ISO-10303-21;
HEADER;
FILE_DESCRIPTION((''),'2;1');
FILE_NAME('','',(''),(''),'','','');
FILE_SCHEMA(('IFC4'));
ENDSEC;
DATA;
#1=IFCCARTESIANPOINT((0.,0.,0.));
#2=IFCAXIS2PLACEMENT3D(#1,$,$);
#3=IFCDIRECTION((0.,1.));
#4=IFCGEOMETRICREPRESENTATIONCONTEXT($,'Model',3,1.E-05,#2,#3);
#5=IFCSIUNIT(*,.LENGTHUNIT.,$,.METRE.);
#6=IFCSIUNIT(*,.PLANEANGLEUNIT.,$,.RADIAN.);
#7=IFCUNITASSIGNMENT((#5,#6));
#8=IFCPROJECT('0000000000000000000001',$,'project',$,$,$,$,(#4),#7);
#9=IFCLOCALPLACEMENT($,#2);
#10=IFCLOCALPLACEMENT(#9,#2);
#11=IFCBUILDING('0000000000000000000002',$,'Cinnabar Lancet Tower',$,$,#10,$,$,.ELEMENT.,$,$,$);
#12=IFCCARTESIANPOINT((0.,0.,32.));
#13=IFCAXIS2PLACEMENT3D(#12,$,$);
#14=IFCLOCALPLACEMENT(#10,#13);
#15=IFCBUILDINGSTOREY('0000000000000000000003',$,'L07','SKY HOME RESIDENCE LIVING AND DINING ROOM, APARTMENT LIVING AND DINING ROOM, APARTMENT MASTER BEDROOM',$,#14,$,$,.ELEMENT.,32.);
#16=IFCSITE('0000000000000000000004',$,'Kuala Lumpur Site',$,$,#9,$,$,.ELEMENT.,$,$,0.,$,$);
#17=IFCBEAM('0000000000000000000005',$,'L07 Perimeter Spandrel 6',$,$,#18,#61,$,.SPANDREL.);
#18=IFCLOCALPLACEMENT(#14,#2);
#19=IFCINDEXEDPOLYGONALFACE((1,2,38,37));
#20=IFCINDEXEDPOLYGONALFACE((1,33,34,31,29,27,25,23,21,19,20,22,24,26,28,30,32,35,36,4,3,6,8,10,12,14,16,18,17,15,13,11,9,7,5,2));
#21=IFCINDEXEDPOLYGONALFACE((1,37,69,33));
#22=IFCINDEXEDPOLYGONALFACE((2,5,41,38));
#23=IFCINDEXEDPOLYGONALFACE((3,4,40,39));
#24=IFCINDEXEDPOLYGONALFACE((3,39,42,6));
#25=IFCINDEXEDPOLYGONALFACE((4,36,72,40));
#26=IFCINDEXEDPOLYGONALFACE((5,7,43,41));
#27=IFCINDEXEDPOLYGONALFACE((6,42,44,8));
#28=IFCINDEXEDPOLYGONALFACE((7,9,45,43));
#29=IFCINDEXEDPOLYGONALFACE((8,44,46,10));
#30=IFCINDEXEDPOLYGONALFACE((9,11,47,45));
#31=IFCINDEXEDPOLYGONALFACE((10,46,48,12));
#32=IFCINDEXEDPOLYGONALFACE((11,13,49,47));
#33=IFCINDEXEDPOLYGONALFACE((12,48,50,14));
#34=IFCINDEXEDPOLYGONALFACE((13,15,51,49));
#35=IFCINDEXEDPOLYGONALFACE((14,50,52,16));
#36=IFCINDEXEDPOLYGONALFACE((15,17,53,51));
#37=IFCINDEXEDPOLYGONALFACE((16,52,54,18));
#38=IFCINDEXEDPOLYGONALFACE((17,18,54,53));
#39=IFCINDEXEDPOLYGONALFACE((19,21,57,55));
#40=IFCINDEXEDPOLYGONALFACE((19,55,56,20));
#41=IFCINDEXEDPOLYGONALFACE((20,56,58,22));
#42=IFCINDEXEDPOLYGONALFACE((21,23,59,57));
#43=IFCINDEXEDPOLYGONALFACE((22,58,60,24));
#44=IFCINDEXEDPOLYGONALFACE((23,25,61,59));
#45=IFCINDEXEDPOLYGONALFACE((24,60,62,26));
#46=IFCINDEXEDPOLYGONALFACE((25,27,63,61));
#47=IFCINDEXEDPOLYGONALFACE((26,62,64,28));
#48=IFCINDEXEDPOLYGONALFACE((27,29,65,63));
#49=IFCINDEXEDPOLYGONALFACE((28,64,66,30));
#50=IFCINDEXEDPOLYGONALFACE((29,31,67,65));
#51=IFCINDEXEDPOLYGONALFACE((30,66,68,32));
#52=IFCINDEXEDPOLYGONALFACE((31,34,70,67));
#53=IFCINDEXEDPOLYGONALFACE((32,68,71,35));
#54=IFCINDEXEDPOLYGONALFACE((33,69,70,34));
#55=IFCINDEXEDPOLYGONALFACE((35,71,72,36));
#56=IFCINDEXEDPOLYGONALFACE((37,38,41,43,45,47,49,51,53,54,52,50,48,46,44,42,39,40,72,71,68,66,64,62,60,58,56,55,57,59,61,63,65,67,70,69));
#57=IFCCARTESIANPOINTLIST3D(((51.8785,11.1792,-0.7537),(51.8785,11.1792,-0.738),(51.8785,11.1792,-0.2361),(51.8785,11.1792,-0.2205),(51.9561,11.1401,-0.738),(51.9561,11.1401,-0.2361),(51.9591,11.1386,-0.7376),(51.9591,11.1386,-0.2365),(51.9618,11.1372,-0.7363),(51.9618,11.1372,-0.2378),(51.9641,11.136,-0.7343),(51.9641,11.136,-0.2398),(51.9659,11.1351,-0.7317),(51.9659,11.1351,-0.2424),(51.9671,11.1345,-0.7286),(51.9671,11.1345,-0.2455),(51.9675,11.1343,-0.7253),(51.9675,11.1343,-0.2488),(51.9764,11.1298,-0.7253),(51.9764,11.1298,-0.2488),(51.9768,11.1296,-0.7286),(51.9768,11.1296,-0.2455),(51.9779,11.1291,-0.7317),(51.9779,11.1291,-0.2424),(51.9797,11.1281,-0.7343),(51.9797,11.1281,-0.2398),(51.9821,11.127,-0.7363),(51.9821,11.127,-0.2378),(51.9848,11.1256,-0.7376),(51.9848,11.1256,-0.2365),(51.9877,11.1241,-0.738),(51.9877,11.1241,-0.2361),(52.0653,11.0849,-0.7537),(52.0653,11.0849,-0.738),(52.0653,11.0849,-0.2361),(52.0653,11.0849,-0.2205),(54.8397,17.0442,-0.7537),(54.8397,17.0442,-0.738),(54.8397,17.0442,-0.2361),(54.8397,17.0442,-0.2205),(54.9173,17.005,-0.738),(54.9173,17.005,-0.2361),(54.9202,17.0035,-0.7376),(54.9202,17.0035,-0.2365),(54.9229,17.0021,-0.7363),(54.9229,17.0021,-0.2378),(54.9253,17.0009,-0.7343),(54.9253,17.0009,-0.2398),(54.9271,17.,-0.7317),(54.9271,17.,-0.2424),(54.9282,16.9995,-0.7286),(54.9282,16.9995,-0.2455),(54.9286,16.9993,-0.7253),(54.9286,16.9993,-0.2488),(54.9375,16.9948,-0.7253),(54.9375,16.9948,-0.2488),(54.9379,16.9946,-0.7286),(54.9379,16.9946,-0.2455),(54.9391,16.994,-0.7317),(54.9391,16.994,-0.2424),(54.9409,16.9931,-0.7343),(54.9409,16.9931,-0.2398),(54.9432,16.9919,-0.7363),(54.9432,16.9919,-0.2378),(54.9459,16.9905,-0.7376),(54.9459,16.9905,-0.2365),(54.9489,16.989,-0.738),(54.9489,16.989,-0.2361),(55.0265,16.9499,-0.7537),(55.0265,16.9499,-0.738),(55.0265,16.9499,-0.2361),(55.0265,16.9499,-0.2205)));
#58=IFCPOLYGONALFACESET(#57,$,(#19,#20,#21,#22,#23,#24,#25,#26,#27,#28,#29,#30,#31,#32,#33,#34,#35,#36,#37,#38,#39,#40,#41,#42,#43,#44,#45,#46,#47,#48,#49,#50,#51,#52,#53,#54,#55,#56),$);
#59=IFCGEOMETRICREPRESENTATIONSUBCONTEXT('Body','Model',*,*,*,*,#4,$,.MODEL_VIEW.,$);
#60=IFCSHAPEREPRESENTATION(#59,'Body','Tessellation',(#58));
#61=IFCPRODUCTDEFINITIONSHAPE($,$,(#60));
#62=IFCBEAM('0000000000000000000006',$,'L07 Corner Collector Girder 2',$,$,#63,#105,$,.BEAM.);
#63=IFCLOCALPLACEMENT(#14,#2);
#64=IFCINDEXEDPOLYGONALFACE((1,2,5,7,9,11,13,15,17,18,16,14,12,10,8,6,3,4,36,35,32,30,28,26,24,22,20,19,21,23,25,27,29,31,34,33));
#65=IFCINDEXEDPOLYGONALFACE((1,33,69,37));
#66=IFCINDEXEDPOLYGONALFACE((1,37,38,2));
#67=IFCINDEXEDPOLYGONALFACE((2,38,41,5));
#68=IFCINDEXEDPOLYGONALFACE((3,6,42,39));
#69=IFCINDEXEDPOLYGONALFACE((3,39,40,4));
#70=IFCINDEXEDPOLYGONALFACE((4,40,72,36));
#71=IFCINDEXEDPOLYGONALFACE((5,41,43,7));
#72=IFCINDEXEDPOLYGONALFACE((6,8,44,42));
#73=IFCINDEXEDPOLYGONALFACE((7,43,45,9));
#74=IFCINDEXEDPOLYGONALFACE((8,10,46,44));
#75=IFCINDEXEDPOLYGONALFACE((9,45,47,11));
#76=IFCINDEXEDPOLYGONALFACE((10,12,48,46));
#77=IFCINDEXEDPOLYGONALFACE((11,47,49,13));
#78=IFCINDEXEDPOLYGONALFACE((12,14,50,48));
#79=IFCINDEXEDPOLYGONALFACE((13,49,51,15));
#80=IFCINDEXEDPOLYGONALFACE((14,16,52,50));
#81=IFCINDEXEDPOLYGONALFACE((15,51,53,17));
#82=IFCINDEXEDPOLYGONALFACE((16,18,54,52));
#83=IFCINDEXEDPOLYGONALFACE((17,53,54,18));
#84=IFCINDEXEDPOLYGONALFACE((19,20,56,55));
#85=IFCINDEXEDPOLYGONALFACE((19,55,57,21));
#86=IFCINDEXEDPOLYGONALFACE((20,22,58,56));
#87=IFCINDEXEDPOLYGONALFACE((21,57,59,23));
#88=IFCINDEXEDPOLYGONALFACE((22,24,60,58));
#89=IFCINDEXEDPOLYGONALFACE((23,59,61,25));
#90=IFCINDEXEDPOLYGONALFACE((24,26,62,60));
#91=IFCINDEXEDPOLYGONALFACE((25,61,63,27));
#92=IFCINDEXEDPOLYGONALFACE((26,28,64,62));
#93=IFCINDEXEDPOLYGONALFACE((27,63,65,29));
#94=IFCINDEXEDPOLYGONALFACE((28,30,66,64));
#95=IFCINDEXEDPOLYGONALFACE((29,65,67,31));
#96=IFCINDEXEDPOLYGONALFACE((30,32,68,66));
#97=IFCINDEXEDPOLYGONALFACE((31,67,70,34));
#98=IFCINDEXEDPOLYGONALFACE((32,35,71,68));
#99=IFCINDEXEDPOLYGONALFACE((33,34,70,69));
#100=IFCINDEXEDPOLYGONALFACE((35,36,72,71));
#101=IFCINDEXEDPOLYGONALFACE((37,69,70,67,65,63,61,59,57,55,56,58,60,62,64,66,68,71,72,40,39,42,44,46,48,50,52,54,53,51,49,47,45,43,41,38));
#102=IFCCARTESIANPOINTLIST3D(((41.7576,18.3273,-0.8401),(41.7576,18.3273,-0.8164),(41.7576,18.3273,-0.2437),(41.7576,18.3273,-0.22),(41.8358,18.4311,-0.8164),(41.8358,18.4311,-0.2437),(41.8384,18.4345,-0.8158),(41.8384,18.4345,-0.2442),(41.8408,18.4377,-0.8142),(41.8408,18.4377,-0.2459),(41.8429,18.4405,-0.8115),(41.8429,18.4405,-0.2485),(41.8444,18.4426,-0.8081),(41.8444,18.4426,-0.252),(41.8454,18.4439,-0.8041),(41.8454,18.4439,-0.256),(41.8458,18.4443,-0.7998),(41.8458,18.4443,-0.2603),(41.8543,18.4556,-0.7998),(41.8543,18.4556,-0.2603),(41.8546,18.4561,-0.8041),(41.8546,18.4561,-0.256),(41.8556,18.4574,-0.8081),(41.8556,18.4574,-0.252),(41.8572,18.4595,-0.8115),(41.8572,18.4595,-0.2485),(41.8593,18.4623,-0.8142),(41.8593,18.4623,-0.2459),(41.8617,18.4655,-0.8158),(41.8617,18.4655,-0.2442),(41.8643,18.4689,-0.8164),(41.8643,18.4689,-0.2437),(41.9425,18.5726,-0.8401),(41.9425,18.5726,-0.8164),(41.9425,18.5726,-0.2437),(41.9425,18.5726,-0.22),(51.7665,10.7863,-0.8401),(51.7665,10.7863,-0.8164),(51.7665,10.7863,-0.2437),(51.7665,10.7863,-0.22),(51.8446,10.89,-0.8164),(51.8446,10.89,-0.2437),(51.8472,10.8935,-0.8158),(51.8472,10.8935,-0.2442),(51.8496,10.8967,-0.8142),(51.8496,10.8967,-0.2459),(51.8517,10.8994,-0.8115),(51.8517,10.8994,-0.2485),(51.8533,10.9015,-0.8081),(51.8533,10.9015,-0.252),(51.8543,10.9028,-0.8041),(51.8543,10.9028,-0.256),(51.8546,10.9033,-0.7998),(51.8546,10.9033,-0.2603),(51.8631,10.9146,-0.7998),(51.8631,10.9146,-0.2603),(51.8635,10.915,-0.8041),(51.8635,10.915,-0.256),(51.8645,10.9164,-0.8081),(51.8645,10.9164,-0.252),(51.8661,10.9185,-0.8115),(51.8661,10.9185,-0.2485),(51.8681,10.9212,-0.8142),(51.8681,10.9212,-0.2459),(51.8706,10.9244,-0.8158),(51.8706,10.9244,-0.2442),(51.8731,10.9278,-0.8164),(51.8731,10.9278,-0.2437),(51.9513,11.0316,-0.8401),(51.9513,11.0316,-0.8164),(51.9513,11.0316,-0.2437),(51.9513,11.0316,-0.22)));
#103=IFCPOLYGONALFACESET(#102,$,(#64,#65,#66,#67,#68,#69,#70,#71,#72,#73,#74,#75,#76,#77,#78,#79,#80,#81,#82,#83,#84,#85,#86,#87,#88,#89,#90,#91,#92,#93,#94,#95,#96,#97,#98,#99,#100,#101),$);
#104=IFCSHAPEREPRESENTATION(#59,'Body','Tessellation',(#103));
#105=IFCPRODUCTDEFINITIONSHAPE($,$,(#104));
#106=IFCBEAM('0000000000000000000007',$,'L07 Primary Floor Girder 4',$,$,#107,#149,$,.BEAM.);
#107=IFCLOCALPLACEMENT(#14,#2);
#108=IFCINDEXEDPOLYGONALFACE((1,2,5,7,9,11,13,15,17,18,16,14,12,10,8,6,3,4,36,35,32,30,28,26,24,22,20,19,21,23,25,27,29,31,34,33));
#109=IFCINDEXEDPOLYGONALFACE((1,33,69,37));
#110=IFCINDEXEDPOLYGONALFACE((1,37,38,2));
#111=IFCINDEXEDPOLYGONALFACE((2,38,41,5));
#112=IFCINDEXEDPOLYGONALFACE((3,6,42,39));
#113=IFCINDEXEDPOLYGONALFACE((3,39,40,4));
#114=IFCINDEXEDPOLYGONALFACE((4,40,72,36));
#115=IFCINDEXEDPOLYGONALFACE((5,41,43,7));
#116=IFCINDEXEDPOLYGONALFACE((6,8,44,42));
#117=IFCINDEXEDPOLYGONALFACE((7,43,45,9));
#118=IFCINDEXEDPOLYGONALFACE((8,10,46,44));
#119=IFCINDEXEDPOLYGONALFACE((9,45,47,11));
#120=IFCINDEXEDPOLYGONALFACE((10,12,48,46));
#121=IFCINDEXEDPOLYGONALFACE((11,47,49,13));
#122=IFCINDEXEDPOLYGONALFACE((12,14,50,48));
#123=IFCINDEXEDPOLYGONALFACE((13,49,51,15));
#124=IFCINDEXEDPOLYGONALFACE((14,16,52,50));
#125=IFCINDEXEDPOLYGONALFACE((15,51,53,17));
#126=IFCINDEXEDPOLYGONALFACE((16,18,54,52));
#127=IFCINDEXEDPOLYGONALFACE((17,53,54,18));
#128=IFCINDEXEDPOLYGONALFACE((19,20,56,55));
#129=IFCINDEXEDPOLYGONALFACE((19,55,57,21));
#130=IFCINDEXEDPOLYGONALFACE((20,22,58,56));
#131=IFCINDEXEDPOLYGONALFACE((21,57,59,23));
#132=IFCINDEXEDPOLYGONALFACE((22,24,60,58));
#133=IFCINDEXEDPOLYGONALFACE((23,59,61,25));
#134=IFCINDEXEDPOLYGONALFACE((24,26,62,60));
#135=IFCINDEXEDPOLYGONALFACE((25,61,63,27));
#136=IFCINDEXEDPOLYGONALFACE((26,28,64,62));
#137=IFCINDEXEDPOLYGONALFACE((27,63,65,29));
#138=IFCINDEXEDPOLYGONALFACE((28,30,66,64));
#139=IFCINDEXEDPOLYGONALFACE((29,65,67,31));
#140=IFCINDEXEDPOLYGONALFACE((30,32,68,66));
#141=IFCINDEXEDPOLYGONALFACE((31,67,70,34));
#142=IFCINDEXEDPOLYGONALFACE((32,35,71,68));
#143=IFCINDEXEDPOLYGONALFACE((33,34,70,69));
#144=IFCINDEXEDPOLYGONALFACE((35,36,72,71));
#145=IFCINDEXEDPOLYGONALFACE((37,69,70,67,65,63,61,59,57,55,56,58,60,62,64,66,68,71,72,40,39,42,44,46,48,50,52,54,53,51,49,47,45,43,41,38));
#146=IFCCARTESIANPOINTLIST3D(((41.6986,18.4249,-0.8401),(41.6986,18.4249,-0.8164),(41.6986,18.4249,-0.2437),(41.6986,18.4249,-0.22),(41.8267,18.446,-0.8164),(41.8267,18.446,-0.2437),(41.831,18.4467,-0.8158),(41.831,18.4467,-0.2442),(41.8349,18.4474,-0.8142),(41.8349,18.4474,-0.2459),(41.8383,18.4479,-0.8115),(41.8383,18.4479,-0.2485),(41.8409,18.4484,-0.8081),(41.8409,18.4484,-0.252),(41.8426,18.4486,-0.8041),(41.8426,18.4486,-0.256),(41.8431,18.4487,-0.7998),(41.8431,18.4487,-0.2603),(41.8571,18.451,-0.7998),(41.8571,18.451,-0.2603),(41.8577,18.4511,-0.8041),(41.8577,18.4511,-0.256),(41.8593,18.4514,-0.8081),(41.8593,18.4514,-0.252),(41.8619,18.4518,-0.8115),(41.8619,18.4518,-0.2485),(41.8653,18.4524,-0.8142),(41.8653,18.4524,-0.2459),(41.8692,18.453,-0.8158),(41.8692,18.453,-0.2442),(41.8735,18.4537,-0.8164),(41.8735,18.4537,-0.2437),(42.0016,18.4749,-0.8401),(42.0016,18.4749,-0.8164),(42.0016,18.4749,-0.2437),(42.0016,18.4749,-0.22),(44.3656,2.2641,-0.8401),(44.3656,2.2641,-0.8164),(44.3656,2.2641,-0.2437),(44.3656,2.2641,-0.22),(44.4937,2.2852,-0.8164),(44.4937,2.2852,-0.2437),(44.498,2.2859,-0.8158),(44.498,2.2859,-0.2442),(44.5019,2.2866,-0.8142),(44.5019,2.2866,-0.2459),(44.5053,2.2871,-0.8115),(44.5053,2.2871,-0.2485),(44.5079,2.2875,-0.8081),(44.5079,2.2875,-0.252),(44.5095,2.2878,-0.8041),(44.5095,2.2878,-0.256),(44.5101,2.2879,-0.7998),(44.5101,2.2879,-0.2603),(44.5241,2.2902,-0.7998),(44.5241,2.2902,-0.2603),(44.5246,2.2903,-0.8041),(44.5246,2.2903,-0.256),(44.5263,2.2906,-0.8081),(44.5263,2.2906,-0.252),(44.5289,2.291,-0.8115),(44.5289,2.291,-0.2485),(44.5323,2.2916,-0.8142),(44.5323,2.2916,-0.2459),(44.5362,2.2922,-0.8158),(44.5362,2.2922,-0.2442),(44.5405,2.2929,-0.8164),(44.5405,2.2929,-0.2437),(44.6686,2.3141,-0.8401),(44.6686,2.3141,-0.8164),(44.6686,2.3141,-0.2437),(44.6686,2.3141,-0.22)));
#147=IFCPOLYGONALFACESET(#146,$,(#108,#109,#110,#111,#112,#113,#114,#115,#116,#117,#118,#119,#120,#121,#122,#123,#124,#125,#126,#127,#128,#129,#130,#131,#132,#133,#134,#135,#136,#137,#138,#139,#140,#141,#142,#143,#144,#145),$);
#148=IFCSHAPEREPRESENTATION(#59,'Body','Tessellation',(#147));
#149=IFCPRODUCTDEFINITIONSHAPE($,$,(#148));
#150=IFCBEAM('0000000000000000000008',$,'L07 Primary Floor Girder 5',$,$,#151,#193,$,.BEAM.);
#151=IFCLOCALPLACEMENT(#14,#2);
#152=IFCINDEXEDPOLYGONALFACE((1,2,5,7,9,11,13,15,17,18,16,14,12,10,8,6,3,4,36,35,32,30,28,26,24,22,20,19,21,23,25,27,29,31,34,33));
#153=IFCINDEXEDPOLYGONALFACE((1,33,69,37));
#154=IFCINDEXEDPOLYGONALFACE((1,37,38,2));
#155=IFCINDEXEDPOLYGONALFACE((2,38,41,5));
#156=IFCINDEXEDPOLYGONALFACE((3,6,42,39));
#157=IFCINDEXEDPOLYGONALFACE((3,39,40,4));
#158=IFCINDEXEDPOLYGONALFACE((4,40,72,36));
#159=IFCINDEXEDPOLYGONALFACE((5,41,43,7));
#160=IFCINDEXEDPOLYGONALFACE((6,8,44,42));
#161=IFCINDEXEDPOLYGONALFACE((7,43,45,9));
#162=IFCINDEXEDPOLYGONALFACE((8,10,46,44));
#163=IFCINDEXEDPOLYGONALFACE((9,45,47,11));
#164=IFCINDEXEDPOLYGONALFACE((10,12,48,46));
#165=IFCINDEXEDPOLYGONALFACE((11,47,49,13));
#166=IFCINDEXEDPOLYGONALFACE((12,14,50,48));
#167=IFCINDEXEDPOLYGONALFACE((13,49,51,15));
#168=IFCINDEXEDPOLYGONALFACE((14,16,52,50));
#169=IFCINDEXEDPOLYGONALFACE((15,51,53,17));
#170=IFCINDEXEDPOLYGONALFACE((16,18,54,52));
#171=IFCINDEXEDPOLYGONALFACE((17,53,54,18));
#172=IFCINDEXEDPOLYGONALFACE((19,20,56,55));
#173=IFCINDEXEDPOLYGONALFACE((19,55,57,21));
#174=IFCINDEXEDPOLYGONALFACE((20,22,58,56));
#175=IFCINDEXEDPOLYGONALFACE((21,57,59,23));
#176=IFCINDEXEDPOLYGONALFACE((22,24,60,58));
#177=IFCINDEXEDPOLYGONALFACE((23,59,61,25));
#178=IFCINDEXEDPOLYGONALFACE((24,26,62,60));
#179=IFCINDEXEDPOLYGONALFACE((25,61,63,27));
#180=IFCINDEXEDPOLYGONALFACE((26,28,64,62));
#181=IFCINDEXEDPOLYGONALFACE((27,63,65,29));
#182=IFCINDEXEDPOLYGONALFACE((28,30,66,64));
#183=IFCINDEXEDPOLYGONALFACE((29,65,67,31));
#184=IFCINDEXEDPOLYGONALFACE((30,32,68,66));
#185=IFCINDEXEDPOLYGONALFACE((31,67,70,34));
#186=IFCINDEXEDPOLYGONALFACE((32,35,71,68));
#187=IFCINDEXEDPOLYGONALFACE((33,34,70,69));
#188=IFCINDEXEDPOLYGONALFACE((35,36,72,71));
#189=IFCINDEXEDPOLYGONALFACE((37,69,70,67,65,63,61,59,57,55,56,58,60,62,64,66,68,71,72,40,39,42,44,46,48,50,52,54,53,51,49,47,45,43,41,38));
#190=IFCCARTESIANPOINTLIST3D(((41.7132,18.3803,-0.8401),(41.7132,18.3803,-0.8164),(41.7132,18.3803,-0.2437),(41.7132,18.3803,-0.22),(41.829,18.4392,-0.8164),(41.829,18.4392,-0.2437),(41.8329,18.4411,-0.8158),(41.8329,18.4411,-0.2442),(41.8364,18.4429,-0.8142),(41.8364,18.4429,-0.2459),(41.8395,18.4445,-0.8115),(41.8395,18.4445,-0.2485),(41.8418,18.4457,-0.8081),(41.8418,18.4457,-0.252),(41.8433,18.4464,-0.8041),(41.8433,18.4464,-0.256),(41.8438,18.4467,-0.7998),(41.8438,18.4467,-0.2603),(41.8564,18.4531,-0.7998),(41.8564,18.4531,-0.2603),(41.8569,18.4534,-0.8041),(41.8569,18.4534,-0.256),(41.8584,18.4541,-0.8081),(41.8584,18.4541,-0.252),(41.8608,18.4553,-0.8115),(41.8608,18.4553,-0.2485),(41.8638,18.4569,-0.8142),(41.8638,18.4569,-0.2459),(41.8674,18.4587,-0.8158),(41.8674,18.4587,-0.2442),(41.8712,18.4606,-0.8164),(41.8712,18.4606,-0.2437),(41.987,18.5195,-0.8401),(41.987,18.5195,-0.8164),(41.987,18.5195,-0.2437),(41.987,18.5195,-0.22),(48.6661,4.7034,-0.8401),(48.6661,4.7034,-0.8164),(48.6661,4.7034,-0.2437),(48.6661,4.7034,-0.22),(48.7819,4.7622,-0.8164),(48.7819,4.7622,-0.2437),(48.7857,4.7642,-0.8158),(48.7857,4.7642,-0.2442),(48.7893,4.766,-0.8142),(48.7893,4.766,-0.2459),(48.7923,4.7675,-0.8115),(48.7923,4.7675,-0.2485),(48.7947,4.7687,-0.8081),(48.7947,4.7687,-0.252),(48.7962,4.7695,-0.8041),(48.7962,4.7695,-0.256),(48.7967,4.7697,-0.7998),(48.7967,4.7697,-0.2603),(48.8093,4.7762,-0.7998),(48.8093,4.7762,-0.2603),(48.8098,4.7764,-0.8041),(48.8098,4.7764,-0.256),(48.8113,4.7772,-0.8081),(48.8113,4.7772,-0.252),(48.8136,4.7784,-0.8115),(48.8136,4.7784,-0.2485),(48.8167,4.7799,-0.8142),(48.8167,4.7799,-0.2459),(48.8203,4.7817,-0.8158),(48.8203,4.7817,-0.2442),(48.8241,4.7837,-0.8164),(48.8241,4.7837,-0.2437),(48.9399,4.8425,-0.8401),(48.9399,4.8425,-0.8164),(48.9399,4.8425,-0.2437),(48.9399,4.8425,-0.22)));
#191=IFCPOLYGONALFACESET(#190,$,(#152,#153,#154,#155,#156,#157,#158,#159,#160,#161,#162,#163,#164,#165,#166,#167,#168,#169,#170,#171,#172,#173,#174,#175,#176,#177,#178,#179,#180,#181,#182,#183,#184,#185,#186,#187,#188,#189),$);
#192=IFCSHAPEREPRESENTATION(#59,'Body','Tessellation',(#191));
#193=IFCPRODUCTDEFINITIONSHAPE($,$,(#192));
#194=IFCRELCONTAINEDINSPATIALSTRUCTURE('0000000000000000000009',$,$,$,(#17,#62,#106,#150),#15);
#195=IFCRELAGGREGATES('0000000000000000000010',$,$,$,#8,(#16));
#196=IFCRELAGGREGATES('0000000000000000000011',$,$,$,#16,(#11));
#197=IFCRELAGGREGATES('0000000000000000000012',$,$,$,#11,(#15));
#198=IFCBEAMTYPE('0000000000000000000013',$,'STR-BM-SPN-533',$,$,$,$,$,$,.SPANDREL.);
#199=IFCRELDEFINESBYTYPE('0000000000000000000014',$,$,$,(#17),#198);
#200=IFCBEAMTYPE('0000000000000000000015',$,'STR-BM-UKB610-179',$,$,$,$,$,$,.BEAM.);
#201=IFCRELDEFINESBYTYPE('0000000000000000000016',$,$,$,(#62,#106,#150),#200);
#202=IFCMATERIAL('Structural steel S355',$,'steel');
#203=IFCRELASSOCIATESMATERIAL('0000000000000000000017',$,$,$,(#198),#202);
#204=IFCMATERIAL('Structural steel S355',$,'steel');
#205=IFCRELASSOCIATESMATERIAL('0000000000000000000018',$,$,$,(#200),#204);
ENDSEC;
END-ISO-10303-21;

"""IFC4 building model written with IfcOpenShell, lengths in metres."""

from ifc_helpers import new_model, si_unit, direction, frame, origin, origin_2d, place, context, subcontext, project, spatial, i_section, extrude, material, material_profile, profile_set, type_object, element, save


model = new_model("IFC4")

# Units and contexts
model_context = context("Model", 3, precision=1e-05, world=origin(), true_north=direction((0.0, 1.0)))
body_context = subcontext(model_context, "Body", "Model", "MODEL_VIEW")
ifc_project = project(units=[si_unit("LENGTHUNIT", "METRE"), si_unit("PLANEANGLEUNIT", "RADIAN")], contexts=[model_context])

# Site, building, storey
site_placement = place(None, origin())
site = spatial("IfcSite", under=ifc_project, at=site_placement, Name="Kuala Lumpur Site", CompositionType="ELEMENT", RefElevation=0.0)
building_placement = place(site_placement, origin())
building = spatial("IfcBuilding", under=site, at=building_placement, Name="Cinnabar Lancet Tower", CompositionType="ELEMENT")
storey_placement = place(building_placement, frame((0.0, 0.0, 32.0)))
storey = spatial("IfcBuildingStorey", under=building, at=storey_placement, Name="L07", Description="SKY HOME RESIDENCE LIVING AND DINING ROOM, APARTMENT LIVING AND DINING ROOM, APARTMENT MASTER BEDROOM", CompositionType="ELEMENT", Elevation=32.0)

# Beams
ifc_material_1 = material(Name="Structural steel S355", Category="steel")
ifc_material_profile_1 = material_profile(ifc_material_1, i_section(OverallWidth=0.2092, OverallDepth=0.5332, WebThickness=0.01, FlangeThickness=0.0156, FilletRadius=0.0127, at=origin_2d()), Name="UKB 533x210x92")
ifc_profile_set_1 = profile_set([ifc_material_profile_1], Name="Structural steel S355")
beam_type_1 = type_object("IfcBeamType", Name="STR-BM-SPN-533", PredefinedType="SPANDREL", material=ifc_profile_set_1)
beam_1_placement = place(storey_placement, frame((51.9719, 11.1321, -0.4871), z_axis=(0.450703, 0.892674, 0.0), x_axis=(-0.892674, 0.450703, 0.0)))
element("IfcBeam", 1, at=beam_1_placement, inside=storey, type_object=beam_type_1, Name="L07 Perimeter Spandrel 6", PredefinedType="SPANDREL", context=body_context, shape_type="SweptSolid", body=[
    extrude(i_section(OverallWidth=0.2092, OverallDepth=0.5332, WebThickness=0.01, FlangeThickness=0.0156, FilletRadius=0.0127, at=origin_2d()), origin(), (0.0, 0.0, 1.0), 6.5701),
])
ifc_material_2 = material(Name="Structural steel S355", Category="steel")
ifc_material_profile_2 = material_profile(ifc_material_2, i_section(OverallWidth=0.3071, OverallDepth=0.6201, WebThickness=0.0142, FlangeThickness=0.0237, FilletRadius=0.0166, at=origin_2d()), Name="UKB 610x305x179")
ifc_profile_set_2 = profile_set([ifc_material_profile_2], Name="Structural steel S355")
beam_type_2 = type_object("IfcBeamType", Name="STR-BM-UKB610-179", PredefinedType="BEAM", material=ifc_profile_set_2)
beam_2_placement = place(storey_placement, frame((51.8589, 10.9089, -0.53), z_axis=(-0.79868, 0.601757, 0.0), x_axis=(-0.601757, -0.79868, 0.0)))
element("IfcBeam", 2, at=beam_2_placement, inside=storey, type_object=beam_type_2, Name="L07 Corner Collector Girder 2", PredefinedType="BEAM", context=body_context, shape_type="SweptSolid", body=[
    extrude(i_section(OverallWidth=0.3071, OverallDepth=0.6201, WebThickness=0.0142, FlangeThickness=0.0237, FilletRadius=0.0166, at=origin_2d()), origin(), (0.0, 0.0, 1.0), 12.5317),
])
beam_3_placement = place(storey_placement, frame((44.5171, 2.2891, -0.53), z_axis=(-0.162825, 0.986655, 0.0), x_axis=(-0.986655, -0.162825, 0.0)))
element("IfcBeam", 3, at=beam_3_placement, inside=storey, type_object=beam_type_2, Name="L07 Primary Floor Girder 4", PredefinedType="BEAM", context=body_context, shape_type="SweptSolid", body=[
    extrude(i_section(OverallWidth=0.3071, OverallDepth=0.6201, WebThickness=0.0142, FlangeThickness=0.0237, FilletRadius=0.0166, at=origin_2d()), origin(), (0.0, 0.0, 1.0), 16.3794),
])
beam_4_placement = place(storey_placement, frame((48.803, 4.7729, -0.53), z_axis=(-0.453168, 0.891425, 0.0), x_axis=(-0.891425, -0.453168, 0.0)))
element("IfcBeam", 4, at=beam_4_placement, inside=storey, type_object=beam_type_2, Name="L07 Primary Floor Girder 5", PredefinedType="BEAM", context=body_context, shape_type="SweptSolid", body=[
    extrude(i_section(OverallWidth=0.3071, OverallDepth=0.6201, WebThickness=0.0142, FlangeThickness=0.0237, FilletRadius=0.0166, at=origin_2d()), origin(), (0.0, 0.0, 1.0), 15.3428),
])

save(model, "model.ifc")
